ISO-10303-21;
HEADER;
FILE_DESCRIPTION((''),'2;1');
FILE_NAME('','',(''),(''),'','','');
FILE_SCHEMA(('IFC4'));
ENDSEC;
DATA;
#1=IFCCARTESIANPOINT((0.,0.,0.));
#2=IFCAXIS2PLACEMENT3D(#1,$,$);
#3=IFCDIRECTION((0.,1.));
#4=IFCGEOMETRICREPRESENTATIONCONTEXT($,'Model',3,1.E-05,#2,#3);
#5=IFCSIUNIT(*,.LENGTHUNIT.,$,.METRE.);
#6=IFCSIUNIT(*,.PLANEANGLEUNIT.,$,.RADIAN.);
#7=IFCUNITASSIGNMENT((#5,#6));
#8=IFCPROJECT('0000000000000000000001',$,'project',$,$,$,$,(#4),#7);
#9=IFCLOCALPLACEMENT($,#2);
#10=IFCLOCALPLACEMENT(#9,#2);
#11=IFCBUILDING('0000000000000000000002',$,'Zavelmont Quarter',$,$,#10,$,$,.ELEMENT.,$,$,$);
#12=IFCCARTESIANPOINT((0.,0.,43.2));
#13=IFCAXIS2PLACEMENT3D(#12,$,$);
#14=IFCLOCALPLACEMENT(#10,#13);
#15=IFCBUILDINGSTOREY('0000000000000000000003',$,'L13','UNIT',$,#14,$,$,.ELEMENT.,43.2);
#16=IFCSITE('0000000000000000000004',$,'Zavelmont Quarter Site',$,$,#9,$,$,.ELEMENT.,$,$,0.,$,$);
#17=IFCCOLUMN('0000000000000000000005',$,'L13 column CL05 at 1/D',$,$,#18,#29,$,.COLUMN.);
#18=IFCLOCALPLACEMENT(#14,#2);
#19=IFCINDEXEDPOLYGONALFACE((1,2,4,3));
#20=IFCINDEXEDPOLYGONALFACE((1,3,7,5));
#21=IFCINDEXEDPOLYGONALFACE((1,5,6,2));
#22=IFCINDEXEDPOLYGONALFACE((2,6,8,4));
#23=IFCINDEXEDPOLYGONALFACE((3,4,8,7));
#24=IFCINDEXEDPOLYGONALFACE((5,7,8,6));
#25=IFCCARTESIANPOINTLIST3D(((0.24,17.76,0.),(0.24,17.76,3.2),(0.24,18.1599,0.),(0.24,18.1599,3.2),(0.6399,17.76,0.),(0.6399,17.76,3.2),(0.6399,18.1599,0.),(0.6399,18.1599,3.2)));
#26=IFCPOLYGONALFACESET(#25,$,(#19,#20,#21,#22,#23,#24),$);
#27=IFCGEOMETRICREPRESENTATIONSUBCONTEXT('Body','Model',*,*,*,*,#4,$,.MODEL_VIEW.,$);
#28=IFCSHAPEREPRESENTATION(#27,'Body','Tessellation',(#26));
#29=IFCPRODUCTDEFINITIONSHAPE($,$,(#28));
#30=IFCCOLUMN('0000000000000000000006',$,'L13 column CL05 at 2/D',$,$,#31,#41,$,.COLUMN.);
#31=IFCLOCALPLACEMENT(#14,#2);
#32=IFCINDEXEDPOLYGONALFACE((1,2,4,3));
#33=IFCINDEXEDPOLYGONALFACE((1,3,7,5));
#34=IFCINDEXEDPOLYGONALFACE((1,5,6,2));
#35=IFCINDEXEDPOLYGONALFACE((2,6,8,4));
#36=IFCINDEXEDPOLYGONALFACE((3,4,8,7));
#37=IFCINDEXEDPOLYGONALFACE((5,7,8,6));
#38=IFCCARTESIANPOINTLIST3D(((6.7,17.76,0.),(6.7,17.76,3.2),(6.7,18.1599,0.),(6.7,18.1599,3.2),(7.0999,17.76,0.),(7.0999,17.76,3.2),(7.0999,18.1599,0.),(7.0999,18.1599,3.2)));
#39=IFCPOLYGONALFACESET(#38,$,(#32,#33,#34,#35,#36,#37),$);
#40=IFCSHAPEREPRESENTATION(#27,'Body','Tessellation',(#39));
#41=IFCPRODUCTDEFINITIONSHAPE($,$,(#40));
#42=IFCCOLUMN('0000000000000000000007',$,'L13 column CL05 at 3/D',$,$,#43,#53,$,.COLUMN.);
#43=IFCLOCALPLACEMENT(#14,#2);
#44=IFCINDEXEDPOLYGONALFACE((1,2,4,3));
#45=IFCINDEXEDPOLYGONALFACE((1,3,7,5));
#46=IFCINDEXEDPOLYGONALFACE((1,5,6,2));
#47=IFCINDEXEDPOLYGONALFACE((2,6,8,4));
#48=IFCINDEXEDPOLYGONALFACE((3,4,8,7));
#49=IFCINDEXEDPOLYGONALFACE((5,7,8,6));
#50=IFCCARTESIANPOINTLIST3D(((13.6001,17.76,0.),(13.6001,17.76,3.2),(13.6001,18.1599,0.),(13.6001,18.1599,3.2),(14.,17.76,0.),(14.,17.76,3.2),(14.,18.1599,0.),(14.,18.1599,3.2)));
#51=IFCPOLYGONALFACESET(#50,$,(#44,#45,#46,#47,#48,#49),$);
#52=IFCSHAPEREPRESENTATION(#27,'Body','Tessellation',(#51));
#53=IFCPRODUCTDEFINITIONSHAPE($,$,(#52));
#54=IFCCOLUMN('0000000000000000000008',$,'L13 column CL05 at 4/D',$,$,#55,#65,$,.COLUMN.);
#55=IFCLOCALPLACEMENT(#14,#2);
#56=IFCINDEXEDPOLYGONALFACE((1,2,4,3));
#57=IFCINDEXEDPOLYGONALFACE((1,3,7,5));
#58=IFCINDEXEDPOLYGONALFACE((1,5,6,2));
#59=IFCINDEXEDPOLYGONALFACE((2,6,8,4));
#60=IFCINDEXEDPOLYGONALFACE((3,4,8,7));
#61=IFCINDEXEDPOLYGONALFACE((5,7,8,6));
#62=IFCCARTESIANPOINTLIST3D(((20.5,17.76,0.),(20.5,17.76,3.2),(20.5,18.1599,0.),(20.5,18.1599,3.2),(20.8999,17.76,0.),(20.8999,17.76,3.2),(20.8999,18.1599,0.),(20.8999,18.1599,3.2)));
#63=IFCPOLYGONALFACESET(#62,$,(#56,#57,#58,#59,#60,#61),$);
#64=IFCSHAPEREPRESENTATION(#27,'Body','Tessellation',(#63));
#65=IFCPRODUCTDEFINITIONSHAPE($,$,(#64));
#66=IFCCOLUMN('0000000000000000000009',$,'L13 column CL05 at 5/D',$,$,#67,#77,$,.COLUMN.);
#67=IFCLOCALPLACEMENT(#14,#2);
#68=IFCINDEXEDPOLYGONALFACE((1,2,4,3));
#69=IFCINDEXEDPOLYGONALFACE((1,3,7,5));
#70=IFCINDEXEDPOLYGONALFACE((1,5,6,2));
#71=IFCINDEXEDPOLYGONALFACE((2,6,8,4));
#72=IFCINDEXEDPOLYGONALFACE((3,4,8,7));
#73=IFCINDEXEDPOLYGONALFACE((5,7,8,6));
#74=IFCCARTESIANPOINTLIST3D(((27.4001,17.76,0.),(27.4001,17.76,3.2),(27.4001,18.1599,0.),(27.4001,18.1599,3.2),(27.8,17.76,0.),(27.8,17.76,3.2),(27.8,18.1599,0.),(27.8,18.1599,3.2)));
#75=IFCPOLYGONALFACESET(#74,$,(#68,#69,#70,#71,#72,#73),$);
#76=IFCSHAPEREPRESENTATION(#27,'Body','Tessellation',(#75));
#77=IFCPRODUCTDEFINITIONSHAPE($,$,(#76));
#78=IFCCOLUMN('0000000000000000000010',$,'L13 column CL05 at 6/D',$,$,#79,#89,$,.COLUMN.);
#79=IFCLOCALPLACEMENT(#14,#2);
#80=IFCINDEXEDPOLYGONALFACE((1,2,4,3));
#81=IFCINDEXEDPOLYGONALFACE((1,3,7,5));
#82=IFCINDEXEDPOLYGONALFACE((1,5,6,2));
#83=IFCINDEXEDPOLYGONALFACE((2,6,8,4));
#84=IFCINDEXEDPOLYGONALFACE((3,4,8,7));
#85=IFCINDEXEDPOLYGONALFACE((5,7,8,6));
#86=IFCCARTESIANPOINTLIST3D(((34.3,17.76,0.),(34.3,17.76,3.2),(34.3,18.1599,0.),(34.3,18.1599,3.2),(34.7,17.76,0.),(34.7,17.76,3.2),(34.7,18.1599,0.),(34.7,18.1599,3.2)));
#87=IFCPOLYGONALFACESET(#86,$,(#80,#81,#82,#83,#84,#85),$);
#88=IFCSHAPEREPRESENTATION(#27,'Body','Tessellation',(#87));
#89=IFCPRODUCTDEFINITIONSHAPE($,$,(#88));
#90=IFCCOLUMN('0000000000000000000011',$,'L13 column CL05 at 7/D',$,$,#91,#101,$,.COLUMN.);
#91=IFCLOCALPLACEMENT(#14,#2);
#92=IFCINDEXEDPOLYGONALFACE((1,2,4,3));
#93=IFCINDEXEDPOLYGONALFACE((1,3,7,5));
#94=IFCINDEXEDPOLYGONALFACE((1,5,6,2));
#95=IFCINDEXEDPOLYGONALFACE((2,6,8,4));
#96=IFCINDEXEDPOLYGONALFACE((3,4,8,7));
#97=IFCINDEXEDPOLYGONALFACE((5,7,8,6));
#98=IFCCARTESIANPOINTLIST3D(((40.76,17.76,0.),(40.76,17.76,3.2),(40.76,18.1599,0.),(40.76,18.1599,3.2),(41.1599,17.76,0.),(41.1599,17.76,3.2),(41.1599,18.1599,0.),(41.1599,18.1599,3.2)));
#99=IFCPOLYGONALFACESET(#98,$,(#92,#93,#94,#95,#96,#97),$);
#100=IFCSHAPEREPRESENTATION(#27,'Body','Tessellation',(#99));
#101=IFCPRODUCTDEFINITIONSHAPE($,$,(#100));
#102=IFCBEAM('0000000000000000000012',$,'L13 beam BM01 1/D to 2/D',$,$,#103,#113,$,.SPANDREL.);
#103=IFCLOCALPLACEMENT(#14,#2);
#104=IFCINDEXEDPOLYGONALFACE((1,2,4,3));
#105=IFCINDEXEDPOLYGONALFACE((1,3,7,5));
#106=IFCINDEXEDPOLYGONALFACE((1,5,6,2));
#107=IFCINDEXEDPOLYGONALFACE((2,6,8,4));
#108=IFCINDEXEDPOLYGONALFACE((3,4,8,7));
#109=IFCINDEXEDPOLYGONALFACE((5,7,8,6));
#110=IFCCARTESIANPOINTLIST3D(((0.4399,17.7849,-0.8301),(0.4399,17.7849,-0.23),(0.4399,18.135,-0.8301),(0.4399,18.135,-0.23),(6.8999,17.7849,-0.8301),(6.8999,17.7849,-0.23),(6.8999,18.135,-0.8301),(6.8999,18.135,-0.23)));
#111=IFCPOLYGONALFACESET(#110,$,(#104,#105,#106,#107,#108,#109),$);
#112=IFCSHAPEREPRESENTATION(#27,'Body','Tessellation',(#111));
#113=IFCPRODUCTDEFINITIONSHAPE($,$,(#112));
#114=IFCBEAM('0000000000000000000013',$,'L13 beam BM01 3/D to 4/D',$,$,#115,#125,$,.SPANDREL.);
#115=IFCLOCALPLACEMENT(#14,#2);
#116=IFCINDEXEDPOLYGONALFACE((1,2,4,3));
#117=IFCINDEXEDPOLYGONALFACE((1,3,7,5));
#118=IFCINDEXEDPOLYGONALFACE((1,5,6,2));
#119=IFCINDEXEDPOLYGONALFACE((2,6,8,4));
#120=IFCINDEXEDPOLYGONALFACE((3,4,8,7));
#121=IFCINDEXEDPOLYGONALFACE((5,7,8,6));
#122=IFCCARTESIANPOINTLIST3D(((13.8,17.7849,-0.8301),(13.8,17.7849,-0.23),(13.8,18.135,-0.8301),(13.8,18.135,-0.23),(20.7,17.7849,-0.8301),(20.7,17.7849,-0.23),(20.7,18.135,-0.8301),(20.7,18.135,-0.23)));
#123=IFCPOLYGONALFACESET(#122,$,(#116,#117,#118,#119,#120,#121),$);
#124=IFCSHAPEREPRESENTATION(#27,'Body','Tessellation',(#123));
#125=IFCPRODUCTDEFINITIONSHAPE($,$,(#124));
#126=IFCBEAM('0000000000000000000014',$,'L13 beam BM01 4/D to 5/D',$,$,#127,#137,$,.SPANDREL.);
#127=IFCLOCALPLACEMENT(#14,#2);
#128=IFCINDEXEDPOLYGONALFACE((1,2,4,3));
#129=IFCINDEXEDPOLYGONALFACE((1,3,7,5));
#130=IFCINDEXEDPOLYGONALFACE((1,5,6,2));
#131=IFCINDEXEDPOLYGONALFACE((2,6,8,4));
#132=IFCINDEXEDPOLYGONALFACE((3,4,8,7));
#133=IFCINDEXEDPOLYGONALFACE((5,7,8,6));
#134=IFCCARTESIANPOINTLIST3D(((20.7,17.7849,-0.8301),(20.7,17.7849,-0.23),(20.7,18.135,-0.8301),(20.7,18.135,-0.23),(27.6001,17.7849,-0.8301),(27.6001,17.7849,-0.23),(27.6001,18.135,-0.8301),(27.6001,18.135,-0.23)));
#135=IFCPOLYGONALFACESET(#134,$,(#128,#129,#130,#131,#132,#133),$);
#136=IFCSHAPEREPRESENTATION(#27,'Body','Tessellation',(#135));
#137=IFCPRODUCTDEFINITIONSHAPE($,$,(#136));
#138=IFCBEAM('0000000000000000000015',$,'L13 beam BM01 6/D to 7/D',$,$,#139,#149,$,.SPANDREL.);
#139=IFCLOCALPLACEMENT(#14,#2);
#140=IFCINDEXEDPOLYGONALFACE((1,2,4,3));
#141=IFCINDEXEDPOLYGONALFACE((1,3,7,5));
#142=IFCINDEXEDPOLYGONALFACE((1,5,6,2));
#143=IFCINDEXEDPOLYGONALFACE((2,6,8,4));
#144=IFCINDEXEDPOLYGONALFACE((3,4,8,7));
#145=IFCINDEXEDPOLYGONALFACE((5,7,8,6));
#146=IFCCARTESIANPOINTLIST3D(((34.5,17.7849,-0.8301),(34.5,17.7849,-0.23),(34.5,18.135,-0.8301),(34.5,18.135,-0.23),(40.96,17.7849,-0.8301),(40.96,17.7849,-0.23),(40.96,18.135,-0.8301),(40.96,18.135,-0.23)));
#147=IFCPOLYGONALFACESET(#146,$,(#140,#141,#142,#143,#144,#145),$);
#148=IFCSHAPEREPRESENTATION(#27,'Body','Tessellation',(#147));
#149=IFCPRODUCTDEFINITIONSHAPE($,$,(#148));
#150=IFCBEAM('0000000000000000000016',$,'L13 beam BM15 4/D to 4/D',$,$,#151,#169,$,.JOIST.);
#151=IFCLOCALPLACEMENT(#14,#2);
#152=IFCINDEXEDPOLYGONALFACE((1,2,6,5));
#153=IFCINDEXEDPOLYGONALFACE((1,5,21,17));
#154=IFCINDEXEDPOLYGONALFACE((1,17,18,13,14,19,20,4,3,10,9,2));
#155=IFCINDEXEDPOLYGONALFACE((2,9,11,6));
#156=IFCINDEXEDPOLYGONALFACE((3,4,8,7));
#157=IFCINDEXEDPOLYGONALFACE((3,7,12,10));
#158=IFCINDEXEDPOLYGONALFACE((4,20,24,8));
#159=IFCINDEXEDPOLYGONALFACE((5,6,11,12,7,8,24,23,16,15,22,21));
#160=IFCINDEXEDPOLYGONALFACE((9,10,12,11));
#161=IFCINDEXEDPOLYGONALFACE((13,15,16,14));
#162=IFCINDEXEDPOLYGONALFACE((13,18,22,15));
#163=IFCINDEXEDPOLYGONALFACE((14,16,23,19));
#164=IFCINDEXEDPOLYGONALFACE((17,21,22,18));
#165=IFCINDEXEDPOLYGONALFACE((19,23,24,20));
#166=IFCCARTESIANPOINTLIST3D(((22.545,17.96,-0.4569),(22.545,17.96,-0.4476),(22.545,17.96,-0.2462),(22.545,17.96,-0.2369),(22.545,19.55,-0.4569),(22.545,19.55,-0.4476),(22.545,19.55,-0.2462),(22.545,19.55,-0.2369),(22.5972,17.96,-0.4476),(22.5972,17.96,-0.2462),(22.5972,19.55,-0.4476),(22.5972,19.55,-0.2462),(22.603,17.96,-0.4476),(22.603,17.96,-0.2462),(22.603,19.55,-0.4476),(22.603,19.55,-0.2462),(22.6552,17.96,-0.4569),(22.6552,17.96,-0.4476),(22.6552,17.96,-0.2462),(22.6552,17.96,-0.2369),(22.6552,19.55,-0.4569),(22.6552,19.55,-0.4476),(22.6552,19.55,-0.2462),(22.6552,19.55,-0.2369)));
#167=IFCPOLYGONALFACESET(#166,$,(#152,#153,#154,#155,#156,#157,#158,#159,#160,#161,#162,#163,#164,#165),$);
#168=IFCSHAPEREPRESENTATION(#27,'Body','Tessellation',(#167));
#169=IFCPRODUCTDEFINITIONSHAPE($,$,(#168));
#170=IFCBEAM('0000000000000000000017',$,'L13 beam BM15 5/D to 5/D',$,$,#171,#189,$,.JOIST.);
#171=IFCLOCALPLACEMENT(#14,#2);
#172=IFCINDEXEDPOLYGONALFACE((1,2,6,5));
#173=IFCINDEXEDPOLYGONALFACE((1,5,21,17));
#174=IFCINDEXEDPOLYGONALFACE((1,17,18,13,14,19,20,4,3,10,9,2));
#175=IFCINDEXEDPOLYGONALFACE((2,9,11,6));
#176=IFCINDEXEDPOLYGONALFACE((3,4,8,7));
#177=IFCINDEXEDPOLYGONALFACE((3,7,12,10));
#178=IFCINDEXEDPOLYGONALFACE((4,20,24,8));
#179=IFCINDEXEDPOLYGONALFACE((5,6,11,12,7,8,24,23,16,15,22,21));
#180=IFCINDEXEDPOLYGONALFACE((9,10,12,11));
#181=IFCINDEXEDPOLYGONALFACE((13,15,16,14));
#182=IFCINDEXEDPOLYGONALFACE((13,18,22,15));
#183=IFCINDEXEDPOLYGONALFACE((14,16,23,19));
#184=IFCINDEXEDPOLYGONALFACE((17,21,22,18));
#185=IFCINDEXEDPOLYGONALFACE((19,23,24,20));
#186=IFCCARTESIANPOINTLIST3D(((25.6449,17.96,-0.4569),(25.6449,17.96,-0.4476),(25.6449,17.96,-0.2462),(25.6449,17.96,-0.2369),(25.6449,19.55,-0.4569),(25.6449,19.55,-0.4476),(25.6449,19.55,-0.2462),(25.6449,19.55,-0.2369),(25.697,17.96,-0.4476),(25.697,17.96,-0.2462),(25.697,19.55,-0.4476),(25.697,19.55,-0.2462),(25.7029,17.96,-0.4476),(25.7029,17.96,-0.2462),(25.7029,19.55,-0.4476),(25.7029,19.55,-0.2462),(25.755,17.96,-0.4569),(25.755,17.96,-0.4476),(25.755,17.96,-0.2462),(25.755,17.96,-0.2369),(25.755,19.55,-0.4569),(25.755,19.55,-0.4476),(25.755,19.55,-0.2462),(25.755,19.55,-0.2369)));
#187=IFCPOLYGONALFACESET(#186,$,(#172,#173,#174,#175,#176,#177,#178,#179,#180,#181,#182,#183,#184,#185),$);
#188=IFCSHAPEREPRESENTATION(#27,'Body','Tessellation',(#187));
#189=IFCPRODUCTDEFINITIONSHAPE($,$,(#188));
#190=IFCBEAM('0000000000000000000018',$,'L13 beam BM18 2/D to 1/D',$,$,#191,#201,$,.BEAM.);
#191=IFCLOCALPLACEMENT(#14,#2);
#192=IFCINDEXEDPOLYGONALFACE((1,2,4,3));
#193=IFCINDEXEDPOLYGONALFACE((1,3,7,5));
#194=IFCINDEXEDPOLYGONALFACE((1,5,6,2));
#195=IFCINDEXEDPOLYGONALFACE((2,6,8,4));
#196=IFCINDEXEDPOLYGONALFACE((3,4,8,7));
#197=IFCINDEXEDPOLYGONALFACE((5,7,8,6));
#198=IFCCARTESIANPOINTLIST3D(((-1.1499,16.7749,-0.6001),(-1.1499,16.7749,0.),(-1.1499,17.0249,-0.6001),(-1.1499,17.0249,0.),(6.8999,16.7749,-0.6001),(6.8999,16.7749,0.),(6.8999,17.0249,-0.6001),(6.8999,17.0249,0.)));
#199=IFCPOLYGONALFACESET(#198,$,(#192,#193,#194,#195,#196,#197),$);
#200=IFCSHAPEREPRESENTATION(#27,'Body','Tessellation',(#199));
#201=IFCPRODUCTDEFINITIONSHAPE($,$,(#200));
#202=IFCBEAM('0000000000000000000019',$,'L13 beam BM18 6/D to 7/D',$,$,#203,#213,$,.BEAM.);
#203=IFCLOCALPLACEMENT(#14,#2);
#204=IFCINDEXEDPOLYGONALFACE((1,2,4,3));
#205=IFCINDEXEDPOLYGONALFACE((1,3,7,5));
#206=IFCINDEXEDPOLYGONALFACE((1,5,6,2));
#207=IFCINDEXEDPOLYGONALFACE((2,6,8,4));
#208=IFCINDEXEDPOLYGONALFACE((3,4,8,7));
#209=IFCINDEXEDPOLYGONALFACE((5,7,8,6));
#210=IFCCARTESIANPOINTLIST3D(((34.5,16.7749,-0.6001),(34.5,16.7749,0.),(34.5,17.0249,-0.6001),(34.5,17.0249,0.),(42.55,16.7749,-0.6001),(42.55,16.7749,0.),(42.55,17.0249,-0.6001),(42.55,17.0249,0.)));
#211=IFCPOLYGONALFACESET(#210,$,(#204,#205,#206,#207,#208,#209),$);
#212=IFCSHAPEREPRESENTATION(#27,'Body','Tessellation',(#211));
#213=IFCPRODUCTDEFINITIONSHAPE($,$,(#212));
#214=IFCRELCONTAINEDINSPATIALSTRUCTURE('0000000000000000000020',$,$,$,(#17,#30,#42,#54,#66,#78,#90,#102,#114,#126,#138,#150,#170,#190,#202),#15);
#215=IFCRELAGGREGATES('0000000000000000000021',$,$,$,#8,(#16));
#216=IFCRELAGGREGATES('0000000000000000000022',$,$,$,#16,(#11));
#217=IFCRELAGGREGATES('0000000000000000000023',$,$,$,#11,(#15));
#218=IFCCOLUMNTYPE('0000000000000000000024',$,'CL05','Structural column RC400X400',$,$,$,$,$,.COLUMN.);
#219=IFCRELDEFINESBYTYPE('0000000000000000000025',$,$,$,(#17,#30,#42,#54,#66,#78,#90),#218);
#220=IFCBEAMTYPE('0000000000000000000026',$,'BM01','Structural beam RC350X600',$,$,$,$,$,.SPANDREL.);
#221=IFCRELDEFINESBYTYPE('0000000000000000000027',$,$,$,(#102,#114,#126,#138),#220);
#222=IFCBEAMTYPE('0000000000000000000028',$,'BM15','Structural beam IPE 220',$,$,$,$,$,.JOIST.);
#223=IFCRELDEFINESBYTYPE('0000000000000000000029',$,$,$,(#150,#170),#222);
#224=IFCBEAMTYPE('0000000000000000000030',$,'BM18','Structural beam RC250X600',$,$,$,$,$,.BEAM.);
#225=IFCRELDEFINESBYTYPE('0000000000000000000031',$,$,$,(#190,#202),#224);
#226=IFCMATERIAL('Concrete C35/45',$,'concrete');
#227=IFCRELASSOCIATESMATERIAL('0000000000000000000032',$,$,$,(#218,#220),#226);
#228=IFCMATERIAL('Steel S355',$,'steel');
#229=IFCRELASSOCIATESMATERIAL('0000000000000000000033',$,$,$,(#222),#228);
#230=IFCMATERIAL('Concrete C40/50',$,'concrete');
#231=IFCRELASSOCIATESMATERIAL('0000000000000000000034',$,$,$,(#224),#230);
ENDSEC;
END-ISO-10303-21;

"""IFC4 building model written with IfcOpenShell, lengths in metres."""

from ifc_helpers import new_model, si_unit, direction, frame, origin, origin_2d, place, context, subcontext, project, spatial, rectangle, i_section, extrude, material, material_profile, profile_set, type_object, element, save


model = new_model("IFC4")

# Units and contexts
model_context = context("Model", 3, precision=1e-05, world=origin(), true_north=direction((0.0, 1.0)))
body_context = subcontext(model_context, "Body", "Model", "MODEL_VIEW")
ifc_project = project(units=[si_unit("LENGTHUNIT", "METRE"), si_unit("PLANEANGLEUNIT", "RADIAN")], contexts=[model_context])

# Site, building, storey
site_placement = place(None, origin())
site = spatial("IfcSite", under=ifc_project, at=site_placement, Name="Zavelmont Quarter Site", CompositionType="ELEMENT", RefElevation=0.0)
building_placement = place(site_placement, origin())
building = spatial("IfcBuilding", under=site, at=building_placement, Name="Zavelmont Quarter", CompositionType="ELEMENT")
storey_placement = place(building_placement, frame((0.0, 0.0, 43.2)))
storey = spatial("IfcBuildingStorey", under=building, at=storey_placement, Name="L13", Description="UNIT", CompositionType="ELEMENT", Elevation=43.2)

# Columns
ifc_material_1 = material(Name="Concrete C35/45", Category="concrete")
ifc_material_profile_1 = material_profile(ifc_material_1, rectangle(XDim=0.3999, YDim=0.3999, at=origin_2d()), Name="RC400X400")
ifc_profile_set_1 = profile_set([ifc_material_profile_1], Name="Concrete C35/45")
column_type = type_object("IfcColumnType", Name="CL05", Description="Structural column RC400X400", PredefinedType="COLUMN", material=ifc_profile_set_1)
for number, where, z_axis, x_axis, name in (
    (1, (0.4399, 17.96, 0.0), (0.0, 0.0, 1.0), (1.0, 0.0, 0.0), "L13 column CL05 at 1/D"),
    (2, (6.8999, 17.96, 0.0), (0.0, 0.0, 1.0), (1.0, 0.0, 0.0), "L13 column CL05 at 2/D"),
    (3, (13.8, 17.96, 0.0), (0.0, 0.0, 1.0), (1.0, 0.0, 0.0), "L13 column CL05 at 3/D"),
    (4, (20.7, 17.96, 0.0), (0.0, 0.0, 1.0), (1.0, 0.0, 0.0), "L13 column CL05 at 4/D"),
    (5, (27.6001, 17.96, 0.0), (0.0, 0.0, 1.0), (1.0, 0.0, 0.0), "L13 column CL05 at 5/D"),
    (6, (34.5, 17.96, 0.0), (0.0, 0.0, 1.0), (1.0, 0.0, 0.0), "L13 column CL05 at 6/D"),
    (7, (40.96, 17.96, 0.0), (0.0, 0.0, 1.0), (1.0, 0.0, 0.0), "L13 column CL05 at 7/D"),
):
    element("IfcColumn", number, at=place(storey_placement, frame(where, z_axis=z_axis, x_axis=x_axis)), inside=storey, type_object=column_type, Name=name, PredefinedType="COLUMN", context=body_context, shape_type="SweptSolid", body=[
        extrude(rectangle(XDim=0.3999, YDim=0.3999, at=origin_2d()), origin(), (0.0, 0.0, 1.0), 3.2),
    ])

# Beams
ifc_material_profile_2 = material_profile(ifc_material_1, rectangle(XDim=0.3501, YDim=0.6001, at=origin_2d()), Name="RC350X600")
ifc_profile_set_2 = profile_set([ifc_material_profile_2], Name="Concrete C35/45")
beam_type_1 = type_object("IfcBeamType", Name="BM01", Description="Structural beam RC350X600", PredefinedType="SPANDREL", material=ifc_profile_set_2)
beam_1_placement = place(storey_placement, frame((0.4399, 17.96, -0.53), z_axis=(1.0, 0.0, 0.0), x_axis=(0.0, 1.0, 0.0)))
element("IfcBeam", 8, at=beam_1_placement, inside=storey, type_object=beam_type_1, Name="L13 beam BM01 1/D to 2/D", PredefinedType="SPANDREL", context=body_context, shape_type="SweptSolid", body=[
    extrude(rectangle(XDim=0.3501, YDim=0.6001, at=origin_2d()), origin(), (0.0, 0.0, 1.0), 6.46),
])
beam_2_placement = place(storey_placement, frame((13.8, 17.96, -0.53), z_axis=(1.0, 0.0, 0.0), x_axis=(0.0, 1.0, 0.0)))
element("IfcBeam", 9, at=beam_2_placement, inside=storey, type_object=beam_type_1, Name="L13 beam BM01 3/D to 4/D", PredefinedType="SPANDREL", context=body_context, shape_type="SweptSolid", body=[
    extrude(rectangle(XDim=0.3501, YDim=0.6001, at=origin_2d()), origin(), (0.0, 0.0, 1.0), 6.8999),
])
beam_3_placement = place(storey_placement, frame((20.7, 17.96, -0.53), z_axis=(1.0, 0.0, 0.0), x_axis=(0.0, 1.0, 0.0)))
element("IfcBeam", 10, at=beam_3_placement, inside=storey, type_object=beam_type_1, Name="L13 beam BM01 4/D to 5/D", PredefinedType="SPANDREL", context=body_context, shape_type="SweptSolid", body=[
    extrude(rectangle(XDim=0.3501, YDim=0.6001, at=origin_2d()), origin(), (0.0, 0.0, 1.0), 6.9001),
])
beam_4_placement = place(storey_placement, frame((34.5, 17.96, -0.53), z_axis=(1.0, 0.0, 0.0), x_axis=(0.0, 1.0, 0.0)))
element("IfcBeam", 11, at=beam_4_placement, inside=storey, type_object=beam_type_1, Name="L13 beam BM01 6/D to 7/D", PredefinedType="SPANDREL", context=body_context, shape_type="SweptSolid", body=[
    extrude(rectangle(XDim=0.3501, YDim=0.6001, at=origin_2d()), origin(), (0.0, 0.0, 1.0), 6.46),
])
ifc_material_2 = material(Name="Steel S355", Category="steel")
ifc_material_profile_3 = material_profile(ifc_material_2, i_section(OverallWidth=0.1101, OverallDepth=0.22, WebThickness=0.0059, FlangeThickness=0.0093, at=origin_2d()), Name="IPE 220")
ifc_profile_set_3 = profile_set([ifc_material_profile_3], Name="Steel S355")
beam_type_2 = type_object("IfcBeamType", Name="BM15", Description="Structural beam IPE 220", PredefinedType="JOIST", material=ifc_profile_set_3)
for number, where, z_axis, x_axis, name in (
    (12, (22.6001, 17.96, -0.3469), (0.0, 1.0, 0.0), (-1.0, 0.0, 0.0), "L13 beam BM15 4/D to 4/D"),
    (13, (25.7, 17.96, -0.3469), (0.0, 1.0, 0.0), (-1.0, 0.0, 0.0), "L13 beam BM15 5/D to 5/D"),
):
    element("IfcBeam", number, at=place(storey_placement, frame(where, z_axis=z_axis, x_axis=x_axis)), inside=storey, type_object=beam_type_2, Name=name, PredefinedType="JOIST", context=body_context, shape_type="SweptSolid", body=[
        extrude(i_section(OverallWidth=0.1101, OverallDepth=0.22, WebThickness=0.0059, FlangeThickness=0.0093, at=origin_2d()), origin(), (0.0, 0.0, 1.0), 1.5901),
    ])
ifc_material_3 = material(Name="Concrete C40/50", Category="concrete")
ifc_material_profile_4 = material_profile(ifc_material_3, rectangle(XDim=0.25, YDim=0.6001, at=origin_2d()), Name="RC250X600")
ifc_profile_set_4 = profile_set([ifc_material_profile_4], Name="Concrete C40/50")
beam_type_3 = type_object("IfcBeamType", Name="BM18", Description="Structural beam RC250X600", PredefinedType="BEAM", material=ifc_profile_set_4)
beam_5_placement = place(storey_placement, frame((6.8999, 16.8999, -0.3), z_axis=(-1.0, 0.0, 0.0), x_axis=(0.0, -1.0, 0.0)))
element("IfcBeam", 14, at=beam_5_placement, inside=storey, type_object=beam_type_3, Name="L13 beam BM18 2/D to 1/D", PredefinedType="BEAM", context=body_context, shape_type="SweptSolid", body=[
    extrude(rectangle(XDim=0.25, YDim=0.6001, at=origin_2d()), origin(), (0.0, 0.0, 1.0), 8.0498),
])
beam_6_placement = place(storey_placement, frame((34.5, 16.8999, -0.3), z_axis=(1.0, 0.0, 0.0), x_axis=(0.0, 1.0, 0.0)))
element("IfcBeam", 15, at=beam_6_placement, inside=storey, type_object=beam_type_3, Name="L13 beam BM18 6/D to 7/D", PredefinedType="BEAM", context=body_context, shape_type="SweptSolid", body=[
    extrude(rectangle(XDim=0.25, YDim=0.6001, at=origin_2d()), origin(), (0.0, 0.0, 1.0), 8.05),
])

save(model, "model.ifc")
